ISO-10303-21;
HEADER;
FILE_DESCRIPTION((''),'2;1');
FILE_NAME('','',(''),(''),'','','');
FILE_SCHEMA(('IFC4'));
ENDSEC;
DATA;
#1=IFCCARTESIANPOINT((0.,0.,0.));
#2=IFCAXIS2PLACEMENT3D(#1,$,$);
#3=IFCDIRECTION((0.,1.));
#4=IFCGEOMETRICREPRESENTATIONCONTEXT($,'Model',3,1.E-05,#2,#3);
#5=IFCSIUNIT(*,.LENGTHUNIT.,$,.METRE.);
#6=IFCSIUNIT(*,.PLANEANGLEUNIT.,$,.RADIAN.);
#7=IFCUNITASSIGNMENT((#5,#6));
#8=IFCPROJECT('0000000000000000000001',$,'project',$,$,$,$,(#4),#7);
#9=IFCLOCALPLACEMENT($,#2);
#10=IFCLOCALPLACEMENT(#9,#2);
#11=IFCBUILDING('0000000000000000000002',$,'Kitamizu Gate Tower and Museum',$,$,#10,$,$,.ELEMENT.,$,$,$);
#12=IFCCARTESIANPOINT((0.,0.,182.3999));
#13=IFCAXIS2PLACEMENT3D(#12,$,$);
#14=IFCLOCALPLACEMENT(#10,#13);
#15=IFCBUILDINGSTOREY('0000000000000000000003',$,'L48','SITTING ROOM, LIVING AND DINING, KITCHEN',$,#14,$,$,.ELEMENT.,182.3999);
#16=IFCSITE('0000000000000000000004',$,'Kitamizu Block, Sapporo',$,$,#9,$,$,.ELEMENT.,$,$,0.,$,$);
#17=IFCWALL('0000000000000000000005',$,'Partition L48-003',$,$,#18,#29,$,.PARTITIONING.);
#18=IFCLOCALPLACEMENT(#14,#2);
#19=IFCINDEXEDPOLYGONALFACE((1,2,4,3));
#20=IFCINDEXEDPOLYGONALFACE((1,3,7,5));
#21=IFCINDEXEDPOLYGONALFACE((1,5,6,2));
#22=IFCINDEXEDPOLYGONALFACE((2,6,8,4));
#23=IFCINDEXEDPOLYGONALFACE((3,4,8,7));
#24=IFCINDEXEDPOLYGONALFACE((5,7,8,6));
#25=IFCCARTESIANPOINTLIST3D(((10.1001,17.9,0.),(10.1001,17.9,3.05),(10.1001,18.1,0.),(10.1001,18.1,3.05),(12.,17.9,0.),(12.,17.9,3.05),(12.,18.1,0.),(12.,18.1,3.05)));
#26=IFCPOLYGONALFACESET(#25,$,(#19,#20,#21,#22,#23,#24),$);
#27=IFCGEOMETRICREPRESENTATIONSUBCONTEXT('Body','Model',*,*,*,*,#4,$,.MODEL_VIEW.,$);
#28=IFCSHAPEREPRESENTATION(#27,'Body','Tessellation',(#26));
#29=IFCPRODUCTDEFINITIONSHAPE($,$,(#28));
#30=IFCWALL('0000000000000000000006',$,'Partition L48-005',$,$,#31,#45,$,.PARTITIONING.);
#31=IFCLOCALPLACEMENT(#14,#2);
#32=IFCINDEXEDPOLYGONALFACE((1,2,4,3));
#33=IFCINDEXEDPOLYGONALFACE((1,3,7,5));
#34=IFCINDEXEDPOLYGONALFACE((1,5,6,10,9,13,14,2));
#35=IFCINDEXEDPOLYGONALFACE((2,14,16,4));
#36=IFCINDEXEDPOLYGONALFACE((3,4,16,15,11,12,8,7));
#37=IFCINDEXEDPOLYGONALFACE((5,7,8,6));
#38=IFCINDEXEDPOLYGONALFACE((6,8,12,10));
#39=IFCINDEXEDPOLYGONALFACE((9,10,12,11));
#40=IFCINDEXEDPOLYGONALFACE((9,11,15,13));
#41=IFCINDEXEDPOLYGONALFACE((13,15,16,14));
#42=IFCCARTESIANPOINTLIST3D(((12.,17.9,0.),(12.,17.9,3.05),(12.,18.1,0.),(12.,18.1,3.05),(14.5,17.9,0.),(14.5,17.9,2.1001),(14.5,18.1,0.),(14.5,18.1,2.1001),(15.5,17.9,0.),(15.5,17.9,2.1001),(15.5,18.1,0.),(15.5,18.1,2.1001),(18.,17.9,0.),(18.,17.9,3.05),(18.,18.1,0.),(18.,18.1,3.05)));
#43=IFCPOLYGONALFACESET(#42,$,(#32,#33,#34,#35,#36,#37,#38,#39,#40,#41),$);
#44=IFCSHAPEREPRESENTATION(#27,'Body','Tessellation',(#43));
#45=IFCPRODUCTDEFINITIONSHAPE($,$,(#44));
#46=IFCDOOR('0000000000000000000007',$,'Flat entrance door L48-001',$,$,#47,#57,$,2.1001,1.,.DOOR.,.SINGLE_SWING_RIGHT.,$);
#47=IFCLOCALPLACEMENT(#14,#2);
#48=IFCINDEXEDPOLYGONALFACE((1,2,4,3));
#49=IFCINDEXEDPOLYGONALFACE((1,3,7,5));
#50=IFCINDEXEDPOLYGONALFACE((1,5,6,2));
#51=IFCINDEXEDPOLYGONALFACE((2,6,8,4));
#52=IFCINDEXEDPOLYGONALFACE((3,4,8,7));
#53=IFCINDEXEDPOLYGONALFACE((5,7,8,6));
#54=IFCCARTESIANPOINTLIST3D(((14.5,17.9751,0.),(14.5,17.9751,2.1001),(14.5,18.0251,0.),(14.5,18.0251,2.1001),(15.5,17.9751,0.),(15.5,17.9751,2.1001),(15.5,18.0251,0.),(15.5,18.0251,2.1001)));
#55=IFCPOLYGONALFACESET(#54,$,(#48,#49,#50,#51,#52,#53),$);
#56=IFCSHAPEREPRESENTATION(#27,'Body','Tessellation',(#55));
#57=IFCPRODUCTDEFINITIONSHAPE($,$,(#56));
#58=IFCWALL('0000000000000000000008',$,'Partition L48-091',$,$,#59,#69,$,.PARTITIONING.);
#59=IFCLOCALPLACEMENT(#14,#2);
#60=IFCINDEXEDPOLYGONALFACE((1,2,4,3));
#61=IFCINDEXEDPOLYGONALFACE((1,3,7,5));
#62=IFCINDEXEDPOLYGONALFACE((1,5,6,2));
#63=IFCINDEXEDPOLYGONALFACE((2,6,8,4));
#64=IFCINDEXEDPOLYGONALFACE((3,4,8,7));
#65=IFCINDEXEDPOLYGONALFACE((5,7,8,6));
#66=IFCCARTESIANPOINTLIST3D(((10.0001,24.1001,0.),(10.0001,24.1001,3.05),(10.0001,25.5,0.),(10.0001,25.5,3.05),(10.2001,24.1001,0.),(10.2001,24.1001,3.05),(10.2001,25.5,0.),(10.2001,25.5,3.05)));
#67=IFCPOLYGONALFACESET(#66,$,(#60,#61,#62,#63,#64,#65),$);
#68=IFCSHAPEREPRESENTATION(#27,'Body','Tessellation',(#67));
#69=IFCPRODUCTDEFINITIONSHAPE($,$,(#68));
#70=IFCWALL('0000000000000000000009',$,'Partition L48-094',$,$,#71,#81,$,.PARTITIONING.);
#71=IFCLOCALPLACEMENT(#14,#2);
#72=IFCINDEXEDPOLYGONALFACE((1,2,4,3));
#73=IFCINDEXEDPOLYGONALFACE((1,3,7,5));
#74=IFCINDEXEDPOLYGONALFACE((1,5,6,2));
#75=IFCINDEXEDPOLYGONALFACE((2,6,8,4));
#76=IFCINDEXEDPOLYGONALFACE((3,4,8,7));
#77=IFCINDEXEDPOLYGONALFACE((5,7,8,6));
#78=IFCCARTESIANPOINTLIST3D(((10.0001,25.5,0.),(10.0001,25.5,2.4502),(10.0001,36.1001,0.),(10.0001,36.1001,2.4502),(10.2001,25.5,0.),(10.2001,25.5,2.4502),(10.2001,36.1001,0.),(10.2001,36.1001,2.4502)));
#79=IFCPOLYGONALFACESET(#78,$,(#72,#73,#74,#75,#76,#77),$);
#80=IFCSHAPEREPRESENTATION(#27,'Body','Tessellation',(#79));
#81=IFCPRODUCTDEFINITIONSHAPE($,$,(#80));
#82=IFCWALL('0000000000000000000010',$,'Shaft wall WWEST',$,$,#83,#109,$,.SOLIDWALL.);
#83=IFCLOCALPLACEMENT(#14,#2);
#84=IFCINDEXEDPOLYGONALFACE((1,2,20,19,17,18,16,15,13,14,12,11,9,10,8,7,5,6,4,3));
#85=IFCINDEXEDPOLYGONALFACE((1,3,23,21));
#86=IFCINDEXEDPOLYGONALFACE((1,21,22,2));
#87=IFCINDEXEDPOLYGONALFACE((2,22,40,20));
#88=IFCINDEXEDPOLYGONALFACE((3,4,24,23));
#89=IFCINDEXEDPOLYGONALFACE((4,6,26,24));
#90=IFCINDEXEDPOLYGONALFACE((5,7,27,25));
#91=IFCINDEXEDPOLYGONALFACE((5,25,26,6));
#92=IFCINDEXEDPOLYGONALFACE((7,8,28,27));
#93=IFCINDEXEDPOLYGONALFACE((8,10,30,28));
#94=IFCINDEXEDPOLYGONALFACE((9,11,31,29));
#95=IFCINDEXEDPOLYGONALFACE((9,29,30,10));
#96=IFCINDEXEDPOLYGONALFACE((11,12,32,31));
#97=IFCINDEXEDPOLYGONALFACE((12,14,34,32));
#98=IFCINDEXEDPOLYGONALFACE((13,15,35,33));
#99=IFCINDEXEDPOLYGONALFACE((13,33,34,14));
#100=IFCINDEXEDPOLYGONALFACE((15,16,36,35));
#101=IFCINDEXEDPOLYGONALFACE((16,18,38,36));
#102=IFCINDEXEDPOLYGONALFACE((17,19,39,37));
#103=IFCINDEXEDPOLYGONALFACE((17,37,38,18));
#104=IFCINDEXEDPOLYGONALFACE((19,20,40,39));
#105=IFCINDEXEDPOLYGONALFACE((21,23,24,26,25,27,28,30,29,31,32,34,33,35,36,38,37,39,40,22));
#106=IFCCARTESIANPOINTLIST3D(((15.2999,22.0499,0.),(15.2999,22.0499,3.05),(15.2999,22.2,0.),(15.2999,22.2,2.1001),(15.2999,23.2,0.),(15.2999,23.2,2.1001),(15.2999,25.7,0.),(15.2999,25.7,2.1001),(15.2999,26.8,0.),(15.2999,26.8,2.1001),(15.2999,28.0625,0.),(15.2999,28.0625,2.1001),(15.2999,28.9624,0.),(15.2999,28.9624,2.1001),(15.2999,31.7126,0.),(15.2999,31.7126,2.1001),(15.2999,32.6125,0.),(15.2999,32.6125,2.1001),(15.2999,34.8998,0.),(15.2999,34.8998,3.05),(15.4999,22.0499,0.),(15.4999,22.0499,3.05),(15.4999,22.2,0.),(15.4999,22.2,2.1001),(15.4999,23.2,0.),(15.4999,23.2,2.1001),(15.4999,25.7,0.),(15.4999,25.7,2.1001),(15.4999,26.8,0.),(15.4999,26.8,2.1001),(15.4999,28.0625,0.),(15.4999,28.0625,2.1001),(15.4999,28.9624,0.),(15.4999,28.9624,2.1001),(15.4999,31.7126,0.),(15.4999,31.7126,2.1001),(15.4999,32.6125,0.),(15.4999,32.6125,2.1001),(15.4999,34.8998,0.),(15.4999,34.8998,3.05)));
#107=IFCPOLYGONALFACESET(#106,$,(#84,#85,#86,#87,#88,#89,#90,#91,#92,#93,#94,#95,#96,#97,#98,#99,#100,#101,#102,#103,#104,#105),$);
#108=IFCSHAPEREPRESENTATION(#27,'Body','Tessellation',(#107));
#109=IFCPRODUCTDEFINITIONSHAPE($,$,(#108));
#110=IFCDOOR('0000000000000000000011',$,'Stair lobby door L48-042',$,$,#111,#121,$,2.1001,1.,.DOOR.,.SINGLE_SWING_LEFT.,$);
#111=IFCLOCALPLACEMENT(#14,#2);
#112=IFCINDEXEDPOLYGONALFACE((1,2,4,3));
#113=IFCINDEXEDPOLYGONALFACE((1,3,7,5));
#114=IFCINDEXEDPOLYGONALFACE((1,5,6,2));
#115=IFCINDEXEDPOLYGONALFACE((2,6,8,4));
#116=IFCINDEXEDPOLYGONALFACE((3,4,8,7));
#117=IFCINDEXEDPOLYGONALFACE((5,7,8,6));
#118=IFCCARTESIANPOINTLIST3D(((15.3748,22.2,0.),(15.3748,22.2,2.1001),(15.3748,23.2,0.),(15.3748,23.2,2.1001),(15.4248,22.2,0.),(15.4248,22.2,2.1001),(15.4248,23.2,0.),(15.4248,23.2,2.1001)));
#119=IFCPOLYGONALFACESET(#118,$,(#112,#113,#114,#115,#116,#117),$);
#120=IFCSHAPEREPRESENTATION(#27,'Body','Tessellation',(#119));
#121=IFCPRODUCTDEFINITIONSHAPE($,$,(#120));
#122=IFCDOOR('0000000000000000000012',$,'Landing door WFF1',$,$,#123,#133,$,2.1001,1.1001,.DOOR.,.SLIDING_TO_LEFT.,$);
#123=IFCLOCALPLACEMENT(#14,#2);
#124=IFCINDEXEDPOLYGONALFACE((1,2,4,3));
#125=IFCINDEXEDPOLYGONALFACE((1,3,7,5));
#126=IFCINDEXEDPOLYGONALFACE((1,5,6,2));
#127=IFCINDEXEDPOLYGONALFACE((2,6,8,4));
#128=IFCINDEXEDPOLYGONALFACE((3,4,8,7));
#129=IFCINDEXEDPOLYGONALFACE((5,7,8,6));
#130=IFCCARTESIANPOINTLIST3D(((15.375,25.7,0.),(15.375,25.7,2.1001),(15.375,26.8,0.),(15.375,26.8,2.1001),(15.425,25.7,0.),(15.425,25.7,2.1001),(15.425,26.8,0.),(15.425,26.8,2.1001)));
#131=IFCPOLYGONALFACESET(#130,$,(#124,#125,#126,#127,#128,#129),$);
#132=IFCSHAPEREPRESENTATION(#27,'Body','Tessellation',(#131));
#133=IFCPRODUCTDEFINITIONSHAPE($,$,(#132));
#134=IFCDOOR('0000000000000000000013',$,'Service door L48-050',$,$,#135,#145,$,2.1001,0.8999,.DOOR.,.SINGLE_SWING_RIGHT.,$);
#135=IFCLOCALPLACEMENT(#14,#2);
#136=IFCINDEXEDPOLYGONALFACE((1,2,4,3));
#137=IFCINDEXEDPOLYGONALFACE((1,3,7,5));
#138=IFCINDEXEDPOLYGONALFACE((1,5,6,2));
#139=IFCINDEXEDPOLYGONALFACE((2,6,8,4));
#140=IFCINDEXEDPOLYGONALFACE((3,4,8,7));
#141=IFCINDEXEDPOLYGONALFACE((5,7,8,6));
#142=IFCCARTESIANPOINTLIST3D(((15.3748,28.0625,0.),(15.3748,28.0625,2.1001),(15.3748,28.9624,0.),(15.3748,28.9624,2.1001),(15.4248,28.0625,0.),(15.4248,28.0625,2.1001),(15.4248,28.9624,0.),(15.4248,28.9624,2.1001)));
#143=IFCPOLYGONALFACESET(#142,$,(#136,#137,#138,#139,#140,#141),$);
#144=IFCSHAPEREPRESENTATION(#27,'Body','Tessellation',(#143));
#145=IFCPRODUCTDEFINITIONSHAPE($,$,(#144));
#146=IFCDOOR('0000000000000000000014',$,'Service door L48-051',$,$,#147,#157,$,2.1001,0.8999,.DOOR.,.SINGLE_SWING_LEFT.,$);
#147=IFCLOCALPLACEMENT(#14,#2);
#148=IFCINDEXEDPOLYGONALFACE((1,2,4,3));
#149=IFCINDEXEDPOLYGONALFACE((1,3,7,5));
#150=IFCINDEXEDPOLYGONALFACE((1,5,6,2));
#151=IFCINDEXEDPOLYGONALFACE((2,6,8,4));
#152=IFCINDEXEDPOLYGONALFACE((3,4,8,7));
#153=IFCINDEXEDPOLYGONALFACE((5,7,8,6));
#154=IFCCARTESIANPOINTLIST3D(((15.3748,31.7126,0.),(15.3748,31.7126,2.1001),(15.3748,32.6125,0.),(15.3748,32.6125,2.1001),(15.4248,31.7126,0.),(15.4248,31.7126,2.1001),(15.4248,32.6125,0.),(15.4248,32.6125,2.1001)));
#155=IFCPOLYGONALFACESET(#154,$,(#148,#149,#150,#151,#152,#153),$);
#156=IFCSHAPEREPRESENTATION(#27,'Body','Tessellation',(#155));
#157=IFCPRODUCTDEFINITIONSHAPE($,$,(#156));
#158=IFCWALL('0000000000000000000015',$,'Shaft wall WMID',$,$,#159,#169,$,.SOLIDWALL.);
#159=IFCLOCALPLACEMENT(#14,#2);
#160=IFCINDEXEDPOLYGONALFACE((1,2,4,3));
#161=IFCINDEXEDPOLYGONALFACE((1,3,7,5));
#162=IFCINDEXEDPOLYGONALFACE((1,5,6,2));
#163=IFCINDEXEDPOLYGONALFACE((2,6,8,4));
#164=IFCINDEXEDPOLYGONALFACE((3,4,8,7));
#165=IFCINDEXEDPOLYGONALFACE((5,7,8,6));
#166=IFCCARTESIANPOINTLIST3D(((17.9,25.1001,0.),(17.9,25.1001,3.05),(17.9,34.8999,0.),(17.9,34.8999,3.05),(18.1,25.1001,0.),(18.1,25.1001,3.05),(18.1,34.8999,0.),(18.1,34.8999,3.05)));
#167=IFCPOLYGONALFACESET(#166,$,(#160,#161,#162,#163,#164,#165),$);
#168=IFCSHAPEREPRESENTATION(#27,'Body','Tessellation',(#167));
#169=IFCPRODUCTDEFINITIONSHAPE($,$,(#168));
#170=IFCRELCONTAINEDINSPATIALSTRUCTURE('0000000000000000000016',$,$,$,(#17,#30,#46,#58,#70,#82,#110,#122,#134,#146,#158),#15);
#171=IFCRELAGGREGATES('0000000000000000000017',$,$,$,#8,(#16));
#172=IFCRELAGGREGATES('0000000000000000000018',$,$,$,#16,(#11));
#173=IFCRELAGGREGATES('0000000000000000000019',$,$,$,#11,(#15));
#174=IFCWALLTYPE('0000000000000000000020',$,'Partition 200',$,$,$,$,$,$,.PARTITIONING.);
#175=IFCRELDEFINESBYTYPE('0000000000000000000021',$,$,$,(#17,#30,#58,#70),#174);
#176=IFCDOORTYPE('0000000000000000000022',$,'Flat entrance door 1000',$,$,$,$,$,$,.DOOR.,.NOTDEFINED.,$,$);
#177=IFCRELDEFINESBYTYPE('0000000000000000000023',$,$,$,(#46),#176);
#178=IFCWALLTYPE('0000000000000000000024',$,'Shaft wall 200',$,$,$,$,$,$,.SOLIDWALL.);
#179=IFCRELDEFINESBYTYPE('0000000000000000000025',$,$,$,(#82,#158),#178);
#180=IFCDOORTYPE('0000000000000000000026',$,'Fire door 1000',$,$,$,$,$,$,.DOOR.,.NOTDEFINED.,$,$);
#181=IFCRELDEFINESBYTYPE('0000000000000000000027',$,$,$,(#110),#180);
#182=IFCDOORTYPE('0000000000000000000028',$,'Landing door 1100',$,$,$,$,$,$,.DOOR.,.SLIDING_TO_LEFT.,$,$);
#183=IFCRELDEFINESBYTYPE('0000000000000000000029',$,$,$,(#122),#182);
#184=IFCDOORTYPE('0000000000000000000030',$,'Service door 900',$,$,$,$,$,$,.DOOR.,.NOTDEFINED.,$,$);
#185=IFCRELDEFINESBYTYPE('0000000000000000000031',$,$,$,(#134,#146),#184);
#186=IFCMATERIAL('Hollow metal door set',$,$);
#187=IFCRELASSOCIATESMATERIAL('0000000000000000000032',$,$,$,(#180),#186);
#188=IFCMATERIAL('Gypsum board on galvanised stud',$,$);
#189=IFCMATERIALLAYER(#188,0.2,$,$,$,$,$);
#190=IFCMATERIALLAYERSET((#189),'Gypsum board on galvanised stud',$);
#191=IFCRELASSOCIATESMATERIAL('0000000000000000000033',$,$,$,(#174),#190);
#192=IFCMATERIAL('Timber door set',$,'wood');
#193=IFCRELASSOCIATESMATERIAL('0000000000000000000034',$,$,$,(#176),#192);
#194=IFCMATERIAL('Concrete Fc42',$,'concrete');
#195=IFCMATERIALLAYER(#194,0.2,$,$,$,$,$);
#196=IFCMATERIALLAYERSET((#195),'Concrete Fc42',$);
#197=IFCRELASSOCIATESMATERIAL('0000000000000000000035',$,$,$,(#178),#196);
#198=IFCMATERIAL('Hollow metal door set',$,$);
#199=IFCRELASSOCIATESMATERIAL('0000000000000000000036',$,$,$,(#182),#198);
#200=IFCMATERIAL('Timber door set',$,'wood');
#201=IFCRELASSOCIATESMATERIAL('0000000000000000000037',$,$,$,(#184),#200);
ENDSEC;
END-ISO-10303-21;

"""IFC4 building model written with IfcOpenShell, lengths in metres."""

from ifc_helpers import new_model, si_unit, direction, frame, frame_2d, origin, place, context, subcontext, project, spatial, rectangle, extrude, material, layer, layer_set, type_object, element, fill, save


model = new_model("IFC4")

# Units and contexts
model_context = context("Model", 3, precision=1e-05, world=origin(), true_north=direction((0.0, 1.0)))
body_context = subcontext(model_context, "Body", "Model", "MODEL_VIEW")
ifc_project = project(units=[si_unit("LENGTHUNIT", "METRE"), si_unit("PLANEANGLEUNIT", "RADIAN")], contexts=[model_context])

# Site, building, storey
site_placement = place(None, origin())
site = spatial("IfcSite", under=ifc_project, at=site_placement, Name="Kitamizu Block, Sapporo", CompositionType="ELEMENT", RefElevation=0.0)
building_placement = place(site_placement, origin())
building = spatial("IfcBuilding", under=site, at=building_placement, Name="Kitamizu Gate Tower and Museum", CompositionType="ELEMENT")
storey_placement = place(building_placement, frame((0.0, 0.0, 182.3999)))
storey = spatial("IfcBuildingStorey", under=building, at=storey_placement, Name="L48", Description="SITTING ROOM, LIVING AND DINING, KITCHEN", CompositionType="ELEMENT", Elevation=182.3999)

# Shared definitions
ifc_material_1 = material(Name="Hollow metal door set")
door_type_1 = type_object("IfcDoorType", Name="Fire door 1000", OperationType="NOTDEFINED", PredefinedType="DOOR", material=ifc_material_1)

# Wall
ifc_material_2 = material(Name="Gypsum board on galvanised stud")
ifc_layer_1 = layer(ifc_material_2, 0.2)
ifc_layer_set_1 = layer_set([ifc_layer_1], Name="Gypsum board on galvanised stud")
wall_type_1 = type_object("IfcWallType", Name="Partition 200", PredefinedType="PARTITIONING", material=ifc_layer_set_1)
wall_1_placement = place(storey_placement, frame((12.0, 18.0, 0.0), z_axis=(0.0, 0.0, 1.0), x_axis=(-1.0, 0.0, 0.0)))
element("IfcWall", 1, at=wall_1_placement, inside=storey, type_object=wall_type_1, Name="Partition L48-003", PredefinedType="PARTITIONING", context=body_context, shape_type="SweptSolid", body=[
    extrude(rectangle(XDim=1.8999, YDim=0.2, at=frame_2d((0.95, 0.0))), origin(), (0.0, 0.0, 1.0), 3.05),
])

# Wall, opening, door
wall_2_placement = place(storey_placement, frame((18.0, 18.0, 0.0), z_axis=(0.0, 0.0, 1.0), x_axis=(-1.0, 0.0, 0.0)))
wall_2 = element("IfcWall", 2, at=wall_2_placement, inside=storey, type_object=wall_type_1, Name="Partition L48-005", PredefinedType="PARTITIONING", context=body_context, shape_type="SweptSolid", body=[
    extrude(rectangle(XDim=6.0, YDim=0.2, at=frame_2d((3.0, 0.0))), origin(), (0.0, 0.0, 1.0), 3.05),
])
opening_1_placement = place(wall_2_placement, frame((2.5, 0.0, 0.0)))
opening_1 = element("IfcOpeningElement", 3, at=opening_1_placement, cuts=wall_2, PredefinedType="OPENING", context=body_context, shape_type="SweptSolid", body=[
    extrude(rectangle(XDim=1.0, YDim=2.1001, at=frame_2d((0.5, 1.05))), frame((0.0, 0.1099, 0.0), z_axis=(0.0, -1.0, 0.0), x_axis=(1.0, 0.0, 0.0)), (0.0, 0.0, 1.0), 0.22),
])
ifc_material_3 = material(Name="Timber door set", Category="wood")
door_type_2 = type_object("IfcDoorType", Name="Flat entrance door 1000", OperationType="NOTDEFINED", PredefinedType="DOOR", material=ifc_material_3)
door_1_placement = place(opening_1_placement, origin())
door_1 = element("IfcDoor", 4, at=door_1_placement, inside=storey, type_object=door_type_2, Name="Flat entrance door L48-001", OperationType="SINGLE_SWING_RIGHT", OverallHeight=2.1001, OverallWidth=1.0, PredefinedType="DOOR", context=body_context, shape_type="SweptSolid", body=[
    extrude(rectangle(XDim=1.0, YDim=2.1001, at=frame_2d((0.5, 1.05))), frame((0.0, 0.0249, 0.0), z_axis=(0.0, -1.0, 0.0), x_axis=(1.0, 0.0, 0.0)), (0.0, 0.0, 1.0), 0.05),
])
fill(opening_1, door_1)

# Walls
wall_3_placement = place(storey_placement, frame((10.1001, 24.1001, 0.0), z_axis=(0.0, 0.0, 1.0), x_axis=(0.0, 1.0, 0.0)))
element("IfcWall", 5, at=wall_3_placement, inside=storey, type_object=wall_type_1, Name="Partition L48-091", PredefinedType="PARTITIONING", context=body_context, shape_type="SweptSolid", body=[
    extrude(rectangle(XDim=1.3999, YDim=0.2, at=frame_2d((0.7, 0.0))), origin(), (0.0, 0.0, 1.0), 3.05),
])
wall_4_placement = place(storey_placement, frame((10.1001, 25.5, 0.0), z_axis=(0.0, 0.0, 1.0), x_axis=(0.0, 1.0, 0.0)))
element("IfcWall", 6, at=wall_4_placement, inside=storey, type_object=wall_type_1, Name="Partition L48-094", PredefinedType="PARTITIONING", context=body_context, shape_type="SweptSolid", body=[
    extrude(rectangle(XDim=10.6001, YDim=0.2, at=frame_2d((5.3, 0.0))), origin(), (0.0, 0.0, 1.0), 2.4502),
])

# Wall, openings, doors
ifc_material_4 = material(Name="Concrete Fc42", Category="concrete")
ifc_layer_2 = layer(ifc_material_4, 0.2)
ifc_layer_set_2 = layer_set([ifc_layer_2], Name="Concrete Fc42")
wall_type_2 = type_object("IfcWallType", Name="Shaft wall 200", PredefinedType="SOLIDWALL", material=ifc_layer_set_2)
wall_5_placement = place(storey_placement, frame((15.3999, 22.05, 0.0), z_axis=(0.0, 0.0, 1.0), x_axis=(0.0, 1.0, 0.0)))
wall_5 = element("IfcWall", 7, at=wall_5_placement, inside=storey, type_object=wall_type_2, Name="Shaft wall WWEST", PredefinedType="SOLIDWALL", context=body_context, shape_type="SweptSolid", body=[
    extrude(rectangle(XDim=12.8499, YDim=0.2, at=frame_2d((6.4248, 0.0))), origin(), (0.0, 0.0, 1.0), 3.05),
])
opening_2_placement = place(wall_5_placement, frame((3.6499, 0.0, 0.0)))
opening_2 = element("IfcOpeningElement", 8, at=opening_2_placement, cuts=wall_5, PredefinedType="OPENING", context=body_context, shape_type="SweptSolid", body=[
    extrude(rectangle(XDim=1.1001, YDim=2.1001, at=frame_2d((0.55, 1.05))), frame((0.0, 0.1099, 0.0), z_axis=(0.0, -1.0, 0.0), x_axis=(1.0, 0.0, 0.0)), (0.0, 0.0, 1.0), 0.22),
])
opening_3_placement = place(wall_5_placement, frame((0.1499, 0.0, 0.0)))
opening_3 = element("IfcOpeningElement", 9, at=opening_3_placement, cuts=wall_5, PredefinedType="OPENING", context=body_context, shape_type="SweptSolid", body=[
    extrude(rectangle(XDim=1.0, YDim=2.1001, at=frame_2d((0.5, 1.05))), frame((0.0, 0.1099, 0.0), z_axis=(0.0, -1.0, 0.0), x_axis=(1.0, 0.0, 0.0)), (0.0, 0.0, 1.0), 0.22),
])
opening_4_placement = place(wall_5_placement, frame((6.0125, 0.0, 0.0)))
opening_4 = element("IfcOpeningElement", 10, at=opening_4_placement, cuts=wall_5, PredefinedType="OPENING", context=body_context, shape_type="SweptSolid", body=[
    extrude(rectangle(XDim=0.8999, YDim=2.1001, at=frame_2d((0.45, 1.05))), frame((0.0, 0.1099, 0.0), z_axis=(0.0, -1.0, 0.0), x_axis=(1.0, 0.0, 0.0)), (0.0, 0.0, 1.0), 0.22),
])
opening_5_placement = place(wall_5_placement, frame((9.6626, 0.0, 0.0)))
opening_5 = element("IfcOpeningElement", 11, at=opening_5_placement, cuts=wall_5, PredefinedType="OPENING", context=body_context, shape_type="SweptSolid", body=[
    extrude(rectangle(XDim=0.8999, YDim=2.1001, at=frame_2d((0.45, 1.05))), frame((0.0, 0.1099, 0.0), z_axis=(0.0, -1.0, 0.0), x_axis=(1.0, 0.0, 0.0)), (0.0, 0.0, 1.0), 0.22),
])
door_2_placement = place(opening_3_placement, frame((1.0, 0.0, 0.0), x_axis=(-1.0, 0.0, 0.0)))
door_2 = element("IfcDoor", 12, at=door_2_placement, inside=storey, type_object=door_type_1, Name="Stair lobby door L48-042", OperationType="SINGLE_SWING_LEFT", OverallHeight=2.1001, OverallWidth=1.0, PredefinedType="DOOR", context=body_context, shape_type="SweptSolid", body=[
    extrude(rectangle(XDim=1.0, YDim=2.1001, at=frame_2d((0.5, 1.05))), frame((0.0, 0.0249, 0.0), z_axis=(0.0, -1.0, 0.0), x_axis=(1.0, 0.0, 0.0)), (0.0, 0.0, 1.0), 0.05),
])
fill(opening_3, door_2)
ifc_material_5 = material(Name="Hollow metal door set")
door_type_3 = type_object("IfcDoorType", Name="Landing door 1100", OperationType="SLIDING_TO_LEFT", PredefinedType="DOOR", material=ifc_material_5)
door_3_placement = place(opening_2_placement, origin())
door_3 = element("IfcDoor", 13, at=door_3_placement, inside=storey, type_object=door_type_3, Name="Landing door WFF1", OperationType="SLIDING_TO_LEFT", OverallHeight=2.1001, OverallWidth=1.1001, PredefinedType="DOOR", context=body_context, shape_type="SweptSolid", body=[
    extrude(rectangle(XDim=1.1001, YDim=2.1001, at=frame_2d((0.55, 1.05))), frame((0.0, 0.0249, 0.0), z_axis=(0.0, -1.0, 0.0), x_axis=(1.0, 0.0, 0.0)), (0.0, 0.0, 1.0), 0.05),
])
fill(opening_2, door_3)
ifc_material_6 = material(Name="Timber door set", Category="wood")
door_type_4 = type_object("IfcDoorType", Name="Service door 900", OperationType="NOTDEFINED", PredefinedType="DOOR", material=ifc_material_6)
door_4_placement = place(opening_4_placement, frame((0.8999, 0.0, 0.0), x_axis=(-1.0, 0.0, 0.0)))
door_4 = element("IfcDoor", 14, at=door_4_placement, inside=storey, type_object=door_type_4, Name="Service door L48-050", OperationType="SINGLE_SWING_RIGHT", OverallHeight=2.1001, OverallWidth=0.8999, PredefinedType="DOOR", context=body_context, shape_type="SweptSolid", body=[
    extrude(rectangle(XDim=0.8999, YDim=2.1001, at=frame_2d((0.45, 1.05))), frame((0.0, 0.0249, 0.0), z_axis=(0.0, -1.0, 0.0), x_axis=(1.0, 0.0, 0.0)), (0.0, 0.0, 1.0), 0.05),
])
fill(opening_4, door_4)
door_5_placement = place(opening_5_placement, frame((0.8999, 0.0, 0.0), x_axis=(-1.0, 0.0, 0.0)))
door_5 = element("IfcDoor", 15, at=door_5_placement, inside=storey, type_object=door_type_4, Name="Service door L48-051", OperationType="SINGLE_SWING_LEFT", OverallHeight=2.1001, OverallWidth=0.8999, PredefinedType="DOOR", context=body_context, shape_type="SweptSolid", body=[
    extrude(rectangle(XDim=0.8999, YDim=2.1001, at=frame_2d((0.45, 1.05))), frame((0.0, 0.0249, 0.0), z_axis=(0.0, -1.0, 0.0), x_axis=(1.0, 0.0, 0.0)), (0.0, 0.0, 1.0), 0.05),
])
fill(opening_5, door_5)

# Wall
wall_6_placement = place(storey_placement, frame((18.0, 25.1001, 0.0), z_axis=(0.0, 0.0, 1.0), x_axis=(0.0, 1.0, 0.0)))
element("IfcWall", 16, at=wall_6_placement, inside=storey, type_object=wall_type_2, Name="Shaft wall WMID", PredefinedType="SOLIDWALL", context=body_context, shape_type="SweptSolid", body=[
    extrude(rectangle(XDim=9.7998, YDim=0.2, at=frame_2d((4.8999, 0.0))), origin(), (0.0, 0.0, 1.0), 3.05),
])

save(model, "model.ifc")
